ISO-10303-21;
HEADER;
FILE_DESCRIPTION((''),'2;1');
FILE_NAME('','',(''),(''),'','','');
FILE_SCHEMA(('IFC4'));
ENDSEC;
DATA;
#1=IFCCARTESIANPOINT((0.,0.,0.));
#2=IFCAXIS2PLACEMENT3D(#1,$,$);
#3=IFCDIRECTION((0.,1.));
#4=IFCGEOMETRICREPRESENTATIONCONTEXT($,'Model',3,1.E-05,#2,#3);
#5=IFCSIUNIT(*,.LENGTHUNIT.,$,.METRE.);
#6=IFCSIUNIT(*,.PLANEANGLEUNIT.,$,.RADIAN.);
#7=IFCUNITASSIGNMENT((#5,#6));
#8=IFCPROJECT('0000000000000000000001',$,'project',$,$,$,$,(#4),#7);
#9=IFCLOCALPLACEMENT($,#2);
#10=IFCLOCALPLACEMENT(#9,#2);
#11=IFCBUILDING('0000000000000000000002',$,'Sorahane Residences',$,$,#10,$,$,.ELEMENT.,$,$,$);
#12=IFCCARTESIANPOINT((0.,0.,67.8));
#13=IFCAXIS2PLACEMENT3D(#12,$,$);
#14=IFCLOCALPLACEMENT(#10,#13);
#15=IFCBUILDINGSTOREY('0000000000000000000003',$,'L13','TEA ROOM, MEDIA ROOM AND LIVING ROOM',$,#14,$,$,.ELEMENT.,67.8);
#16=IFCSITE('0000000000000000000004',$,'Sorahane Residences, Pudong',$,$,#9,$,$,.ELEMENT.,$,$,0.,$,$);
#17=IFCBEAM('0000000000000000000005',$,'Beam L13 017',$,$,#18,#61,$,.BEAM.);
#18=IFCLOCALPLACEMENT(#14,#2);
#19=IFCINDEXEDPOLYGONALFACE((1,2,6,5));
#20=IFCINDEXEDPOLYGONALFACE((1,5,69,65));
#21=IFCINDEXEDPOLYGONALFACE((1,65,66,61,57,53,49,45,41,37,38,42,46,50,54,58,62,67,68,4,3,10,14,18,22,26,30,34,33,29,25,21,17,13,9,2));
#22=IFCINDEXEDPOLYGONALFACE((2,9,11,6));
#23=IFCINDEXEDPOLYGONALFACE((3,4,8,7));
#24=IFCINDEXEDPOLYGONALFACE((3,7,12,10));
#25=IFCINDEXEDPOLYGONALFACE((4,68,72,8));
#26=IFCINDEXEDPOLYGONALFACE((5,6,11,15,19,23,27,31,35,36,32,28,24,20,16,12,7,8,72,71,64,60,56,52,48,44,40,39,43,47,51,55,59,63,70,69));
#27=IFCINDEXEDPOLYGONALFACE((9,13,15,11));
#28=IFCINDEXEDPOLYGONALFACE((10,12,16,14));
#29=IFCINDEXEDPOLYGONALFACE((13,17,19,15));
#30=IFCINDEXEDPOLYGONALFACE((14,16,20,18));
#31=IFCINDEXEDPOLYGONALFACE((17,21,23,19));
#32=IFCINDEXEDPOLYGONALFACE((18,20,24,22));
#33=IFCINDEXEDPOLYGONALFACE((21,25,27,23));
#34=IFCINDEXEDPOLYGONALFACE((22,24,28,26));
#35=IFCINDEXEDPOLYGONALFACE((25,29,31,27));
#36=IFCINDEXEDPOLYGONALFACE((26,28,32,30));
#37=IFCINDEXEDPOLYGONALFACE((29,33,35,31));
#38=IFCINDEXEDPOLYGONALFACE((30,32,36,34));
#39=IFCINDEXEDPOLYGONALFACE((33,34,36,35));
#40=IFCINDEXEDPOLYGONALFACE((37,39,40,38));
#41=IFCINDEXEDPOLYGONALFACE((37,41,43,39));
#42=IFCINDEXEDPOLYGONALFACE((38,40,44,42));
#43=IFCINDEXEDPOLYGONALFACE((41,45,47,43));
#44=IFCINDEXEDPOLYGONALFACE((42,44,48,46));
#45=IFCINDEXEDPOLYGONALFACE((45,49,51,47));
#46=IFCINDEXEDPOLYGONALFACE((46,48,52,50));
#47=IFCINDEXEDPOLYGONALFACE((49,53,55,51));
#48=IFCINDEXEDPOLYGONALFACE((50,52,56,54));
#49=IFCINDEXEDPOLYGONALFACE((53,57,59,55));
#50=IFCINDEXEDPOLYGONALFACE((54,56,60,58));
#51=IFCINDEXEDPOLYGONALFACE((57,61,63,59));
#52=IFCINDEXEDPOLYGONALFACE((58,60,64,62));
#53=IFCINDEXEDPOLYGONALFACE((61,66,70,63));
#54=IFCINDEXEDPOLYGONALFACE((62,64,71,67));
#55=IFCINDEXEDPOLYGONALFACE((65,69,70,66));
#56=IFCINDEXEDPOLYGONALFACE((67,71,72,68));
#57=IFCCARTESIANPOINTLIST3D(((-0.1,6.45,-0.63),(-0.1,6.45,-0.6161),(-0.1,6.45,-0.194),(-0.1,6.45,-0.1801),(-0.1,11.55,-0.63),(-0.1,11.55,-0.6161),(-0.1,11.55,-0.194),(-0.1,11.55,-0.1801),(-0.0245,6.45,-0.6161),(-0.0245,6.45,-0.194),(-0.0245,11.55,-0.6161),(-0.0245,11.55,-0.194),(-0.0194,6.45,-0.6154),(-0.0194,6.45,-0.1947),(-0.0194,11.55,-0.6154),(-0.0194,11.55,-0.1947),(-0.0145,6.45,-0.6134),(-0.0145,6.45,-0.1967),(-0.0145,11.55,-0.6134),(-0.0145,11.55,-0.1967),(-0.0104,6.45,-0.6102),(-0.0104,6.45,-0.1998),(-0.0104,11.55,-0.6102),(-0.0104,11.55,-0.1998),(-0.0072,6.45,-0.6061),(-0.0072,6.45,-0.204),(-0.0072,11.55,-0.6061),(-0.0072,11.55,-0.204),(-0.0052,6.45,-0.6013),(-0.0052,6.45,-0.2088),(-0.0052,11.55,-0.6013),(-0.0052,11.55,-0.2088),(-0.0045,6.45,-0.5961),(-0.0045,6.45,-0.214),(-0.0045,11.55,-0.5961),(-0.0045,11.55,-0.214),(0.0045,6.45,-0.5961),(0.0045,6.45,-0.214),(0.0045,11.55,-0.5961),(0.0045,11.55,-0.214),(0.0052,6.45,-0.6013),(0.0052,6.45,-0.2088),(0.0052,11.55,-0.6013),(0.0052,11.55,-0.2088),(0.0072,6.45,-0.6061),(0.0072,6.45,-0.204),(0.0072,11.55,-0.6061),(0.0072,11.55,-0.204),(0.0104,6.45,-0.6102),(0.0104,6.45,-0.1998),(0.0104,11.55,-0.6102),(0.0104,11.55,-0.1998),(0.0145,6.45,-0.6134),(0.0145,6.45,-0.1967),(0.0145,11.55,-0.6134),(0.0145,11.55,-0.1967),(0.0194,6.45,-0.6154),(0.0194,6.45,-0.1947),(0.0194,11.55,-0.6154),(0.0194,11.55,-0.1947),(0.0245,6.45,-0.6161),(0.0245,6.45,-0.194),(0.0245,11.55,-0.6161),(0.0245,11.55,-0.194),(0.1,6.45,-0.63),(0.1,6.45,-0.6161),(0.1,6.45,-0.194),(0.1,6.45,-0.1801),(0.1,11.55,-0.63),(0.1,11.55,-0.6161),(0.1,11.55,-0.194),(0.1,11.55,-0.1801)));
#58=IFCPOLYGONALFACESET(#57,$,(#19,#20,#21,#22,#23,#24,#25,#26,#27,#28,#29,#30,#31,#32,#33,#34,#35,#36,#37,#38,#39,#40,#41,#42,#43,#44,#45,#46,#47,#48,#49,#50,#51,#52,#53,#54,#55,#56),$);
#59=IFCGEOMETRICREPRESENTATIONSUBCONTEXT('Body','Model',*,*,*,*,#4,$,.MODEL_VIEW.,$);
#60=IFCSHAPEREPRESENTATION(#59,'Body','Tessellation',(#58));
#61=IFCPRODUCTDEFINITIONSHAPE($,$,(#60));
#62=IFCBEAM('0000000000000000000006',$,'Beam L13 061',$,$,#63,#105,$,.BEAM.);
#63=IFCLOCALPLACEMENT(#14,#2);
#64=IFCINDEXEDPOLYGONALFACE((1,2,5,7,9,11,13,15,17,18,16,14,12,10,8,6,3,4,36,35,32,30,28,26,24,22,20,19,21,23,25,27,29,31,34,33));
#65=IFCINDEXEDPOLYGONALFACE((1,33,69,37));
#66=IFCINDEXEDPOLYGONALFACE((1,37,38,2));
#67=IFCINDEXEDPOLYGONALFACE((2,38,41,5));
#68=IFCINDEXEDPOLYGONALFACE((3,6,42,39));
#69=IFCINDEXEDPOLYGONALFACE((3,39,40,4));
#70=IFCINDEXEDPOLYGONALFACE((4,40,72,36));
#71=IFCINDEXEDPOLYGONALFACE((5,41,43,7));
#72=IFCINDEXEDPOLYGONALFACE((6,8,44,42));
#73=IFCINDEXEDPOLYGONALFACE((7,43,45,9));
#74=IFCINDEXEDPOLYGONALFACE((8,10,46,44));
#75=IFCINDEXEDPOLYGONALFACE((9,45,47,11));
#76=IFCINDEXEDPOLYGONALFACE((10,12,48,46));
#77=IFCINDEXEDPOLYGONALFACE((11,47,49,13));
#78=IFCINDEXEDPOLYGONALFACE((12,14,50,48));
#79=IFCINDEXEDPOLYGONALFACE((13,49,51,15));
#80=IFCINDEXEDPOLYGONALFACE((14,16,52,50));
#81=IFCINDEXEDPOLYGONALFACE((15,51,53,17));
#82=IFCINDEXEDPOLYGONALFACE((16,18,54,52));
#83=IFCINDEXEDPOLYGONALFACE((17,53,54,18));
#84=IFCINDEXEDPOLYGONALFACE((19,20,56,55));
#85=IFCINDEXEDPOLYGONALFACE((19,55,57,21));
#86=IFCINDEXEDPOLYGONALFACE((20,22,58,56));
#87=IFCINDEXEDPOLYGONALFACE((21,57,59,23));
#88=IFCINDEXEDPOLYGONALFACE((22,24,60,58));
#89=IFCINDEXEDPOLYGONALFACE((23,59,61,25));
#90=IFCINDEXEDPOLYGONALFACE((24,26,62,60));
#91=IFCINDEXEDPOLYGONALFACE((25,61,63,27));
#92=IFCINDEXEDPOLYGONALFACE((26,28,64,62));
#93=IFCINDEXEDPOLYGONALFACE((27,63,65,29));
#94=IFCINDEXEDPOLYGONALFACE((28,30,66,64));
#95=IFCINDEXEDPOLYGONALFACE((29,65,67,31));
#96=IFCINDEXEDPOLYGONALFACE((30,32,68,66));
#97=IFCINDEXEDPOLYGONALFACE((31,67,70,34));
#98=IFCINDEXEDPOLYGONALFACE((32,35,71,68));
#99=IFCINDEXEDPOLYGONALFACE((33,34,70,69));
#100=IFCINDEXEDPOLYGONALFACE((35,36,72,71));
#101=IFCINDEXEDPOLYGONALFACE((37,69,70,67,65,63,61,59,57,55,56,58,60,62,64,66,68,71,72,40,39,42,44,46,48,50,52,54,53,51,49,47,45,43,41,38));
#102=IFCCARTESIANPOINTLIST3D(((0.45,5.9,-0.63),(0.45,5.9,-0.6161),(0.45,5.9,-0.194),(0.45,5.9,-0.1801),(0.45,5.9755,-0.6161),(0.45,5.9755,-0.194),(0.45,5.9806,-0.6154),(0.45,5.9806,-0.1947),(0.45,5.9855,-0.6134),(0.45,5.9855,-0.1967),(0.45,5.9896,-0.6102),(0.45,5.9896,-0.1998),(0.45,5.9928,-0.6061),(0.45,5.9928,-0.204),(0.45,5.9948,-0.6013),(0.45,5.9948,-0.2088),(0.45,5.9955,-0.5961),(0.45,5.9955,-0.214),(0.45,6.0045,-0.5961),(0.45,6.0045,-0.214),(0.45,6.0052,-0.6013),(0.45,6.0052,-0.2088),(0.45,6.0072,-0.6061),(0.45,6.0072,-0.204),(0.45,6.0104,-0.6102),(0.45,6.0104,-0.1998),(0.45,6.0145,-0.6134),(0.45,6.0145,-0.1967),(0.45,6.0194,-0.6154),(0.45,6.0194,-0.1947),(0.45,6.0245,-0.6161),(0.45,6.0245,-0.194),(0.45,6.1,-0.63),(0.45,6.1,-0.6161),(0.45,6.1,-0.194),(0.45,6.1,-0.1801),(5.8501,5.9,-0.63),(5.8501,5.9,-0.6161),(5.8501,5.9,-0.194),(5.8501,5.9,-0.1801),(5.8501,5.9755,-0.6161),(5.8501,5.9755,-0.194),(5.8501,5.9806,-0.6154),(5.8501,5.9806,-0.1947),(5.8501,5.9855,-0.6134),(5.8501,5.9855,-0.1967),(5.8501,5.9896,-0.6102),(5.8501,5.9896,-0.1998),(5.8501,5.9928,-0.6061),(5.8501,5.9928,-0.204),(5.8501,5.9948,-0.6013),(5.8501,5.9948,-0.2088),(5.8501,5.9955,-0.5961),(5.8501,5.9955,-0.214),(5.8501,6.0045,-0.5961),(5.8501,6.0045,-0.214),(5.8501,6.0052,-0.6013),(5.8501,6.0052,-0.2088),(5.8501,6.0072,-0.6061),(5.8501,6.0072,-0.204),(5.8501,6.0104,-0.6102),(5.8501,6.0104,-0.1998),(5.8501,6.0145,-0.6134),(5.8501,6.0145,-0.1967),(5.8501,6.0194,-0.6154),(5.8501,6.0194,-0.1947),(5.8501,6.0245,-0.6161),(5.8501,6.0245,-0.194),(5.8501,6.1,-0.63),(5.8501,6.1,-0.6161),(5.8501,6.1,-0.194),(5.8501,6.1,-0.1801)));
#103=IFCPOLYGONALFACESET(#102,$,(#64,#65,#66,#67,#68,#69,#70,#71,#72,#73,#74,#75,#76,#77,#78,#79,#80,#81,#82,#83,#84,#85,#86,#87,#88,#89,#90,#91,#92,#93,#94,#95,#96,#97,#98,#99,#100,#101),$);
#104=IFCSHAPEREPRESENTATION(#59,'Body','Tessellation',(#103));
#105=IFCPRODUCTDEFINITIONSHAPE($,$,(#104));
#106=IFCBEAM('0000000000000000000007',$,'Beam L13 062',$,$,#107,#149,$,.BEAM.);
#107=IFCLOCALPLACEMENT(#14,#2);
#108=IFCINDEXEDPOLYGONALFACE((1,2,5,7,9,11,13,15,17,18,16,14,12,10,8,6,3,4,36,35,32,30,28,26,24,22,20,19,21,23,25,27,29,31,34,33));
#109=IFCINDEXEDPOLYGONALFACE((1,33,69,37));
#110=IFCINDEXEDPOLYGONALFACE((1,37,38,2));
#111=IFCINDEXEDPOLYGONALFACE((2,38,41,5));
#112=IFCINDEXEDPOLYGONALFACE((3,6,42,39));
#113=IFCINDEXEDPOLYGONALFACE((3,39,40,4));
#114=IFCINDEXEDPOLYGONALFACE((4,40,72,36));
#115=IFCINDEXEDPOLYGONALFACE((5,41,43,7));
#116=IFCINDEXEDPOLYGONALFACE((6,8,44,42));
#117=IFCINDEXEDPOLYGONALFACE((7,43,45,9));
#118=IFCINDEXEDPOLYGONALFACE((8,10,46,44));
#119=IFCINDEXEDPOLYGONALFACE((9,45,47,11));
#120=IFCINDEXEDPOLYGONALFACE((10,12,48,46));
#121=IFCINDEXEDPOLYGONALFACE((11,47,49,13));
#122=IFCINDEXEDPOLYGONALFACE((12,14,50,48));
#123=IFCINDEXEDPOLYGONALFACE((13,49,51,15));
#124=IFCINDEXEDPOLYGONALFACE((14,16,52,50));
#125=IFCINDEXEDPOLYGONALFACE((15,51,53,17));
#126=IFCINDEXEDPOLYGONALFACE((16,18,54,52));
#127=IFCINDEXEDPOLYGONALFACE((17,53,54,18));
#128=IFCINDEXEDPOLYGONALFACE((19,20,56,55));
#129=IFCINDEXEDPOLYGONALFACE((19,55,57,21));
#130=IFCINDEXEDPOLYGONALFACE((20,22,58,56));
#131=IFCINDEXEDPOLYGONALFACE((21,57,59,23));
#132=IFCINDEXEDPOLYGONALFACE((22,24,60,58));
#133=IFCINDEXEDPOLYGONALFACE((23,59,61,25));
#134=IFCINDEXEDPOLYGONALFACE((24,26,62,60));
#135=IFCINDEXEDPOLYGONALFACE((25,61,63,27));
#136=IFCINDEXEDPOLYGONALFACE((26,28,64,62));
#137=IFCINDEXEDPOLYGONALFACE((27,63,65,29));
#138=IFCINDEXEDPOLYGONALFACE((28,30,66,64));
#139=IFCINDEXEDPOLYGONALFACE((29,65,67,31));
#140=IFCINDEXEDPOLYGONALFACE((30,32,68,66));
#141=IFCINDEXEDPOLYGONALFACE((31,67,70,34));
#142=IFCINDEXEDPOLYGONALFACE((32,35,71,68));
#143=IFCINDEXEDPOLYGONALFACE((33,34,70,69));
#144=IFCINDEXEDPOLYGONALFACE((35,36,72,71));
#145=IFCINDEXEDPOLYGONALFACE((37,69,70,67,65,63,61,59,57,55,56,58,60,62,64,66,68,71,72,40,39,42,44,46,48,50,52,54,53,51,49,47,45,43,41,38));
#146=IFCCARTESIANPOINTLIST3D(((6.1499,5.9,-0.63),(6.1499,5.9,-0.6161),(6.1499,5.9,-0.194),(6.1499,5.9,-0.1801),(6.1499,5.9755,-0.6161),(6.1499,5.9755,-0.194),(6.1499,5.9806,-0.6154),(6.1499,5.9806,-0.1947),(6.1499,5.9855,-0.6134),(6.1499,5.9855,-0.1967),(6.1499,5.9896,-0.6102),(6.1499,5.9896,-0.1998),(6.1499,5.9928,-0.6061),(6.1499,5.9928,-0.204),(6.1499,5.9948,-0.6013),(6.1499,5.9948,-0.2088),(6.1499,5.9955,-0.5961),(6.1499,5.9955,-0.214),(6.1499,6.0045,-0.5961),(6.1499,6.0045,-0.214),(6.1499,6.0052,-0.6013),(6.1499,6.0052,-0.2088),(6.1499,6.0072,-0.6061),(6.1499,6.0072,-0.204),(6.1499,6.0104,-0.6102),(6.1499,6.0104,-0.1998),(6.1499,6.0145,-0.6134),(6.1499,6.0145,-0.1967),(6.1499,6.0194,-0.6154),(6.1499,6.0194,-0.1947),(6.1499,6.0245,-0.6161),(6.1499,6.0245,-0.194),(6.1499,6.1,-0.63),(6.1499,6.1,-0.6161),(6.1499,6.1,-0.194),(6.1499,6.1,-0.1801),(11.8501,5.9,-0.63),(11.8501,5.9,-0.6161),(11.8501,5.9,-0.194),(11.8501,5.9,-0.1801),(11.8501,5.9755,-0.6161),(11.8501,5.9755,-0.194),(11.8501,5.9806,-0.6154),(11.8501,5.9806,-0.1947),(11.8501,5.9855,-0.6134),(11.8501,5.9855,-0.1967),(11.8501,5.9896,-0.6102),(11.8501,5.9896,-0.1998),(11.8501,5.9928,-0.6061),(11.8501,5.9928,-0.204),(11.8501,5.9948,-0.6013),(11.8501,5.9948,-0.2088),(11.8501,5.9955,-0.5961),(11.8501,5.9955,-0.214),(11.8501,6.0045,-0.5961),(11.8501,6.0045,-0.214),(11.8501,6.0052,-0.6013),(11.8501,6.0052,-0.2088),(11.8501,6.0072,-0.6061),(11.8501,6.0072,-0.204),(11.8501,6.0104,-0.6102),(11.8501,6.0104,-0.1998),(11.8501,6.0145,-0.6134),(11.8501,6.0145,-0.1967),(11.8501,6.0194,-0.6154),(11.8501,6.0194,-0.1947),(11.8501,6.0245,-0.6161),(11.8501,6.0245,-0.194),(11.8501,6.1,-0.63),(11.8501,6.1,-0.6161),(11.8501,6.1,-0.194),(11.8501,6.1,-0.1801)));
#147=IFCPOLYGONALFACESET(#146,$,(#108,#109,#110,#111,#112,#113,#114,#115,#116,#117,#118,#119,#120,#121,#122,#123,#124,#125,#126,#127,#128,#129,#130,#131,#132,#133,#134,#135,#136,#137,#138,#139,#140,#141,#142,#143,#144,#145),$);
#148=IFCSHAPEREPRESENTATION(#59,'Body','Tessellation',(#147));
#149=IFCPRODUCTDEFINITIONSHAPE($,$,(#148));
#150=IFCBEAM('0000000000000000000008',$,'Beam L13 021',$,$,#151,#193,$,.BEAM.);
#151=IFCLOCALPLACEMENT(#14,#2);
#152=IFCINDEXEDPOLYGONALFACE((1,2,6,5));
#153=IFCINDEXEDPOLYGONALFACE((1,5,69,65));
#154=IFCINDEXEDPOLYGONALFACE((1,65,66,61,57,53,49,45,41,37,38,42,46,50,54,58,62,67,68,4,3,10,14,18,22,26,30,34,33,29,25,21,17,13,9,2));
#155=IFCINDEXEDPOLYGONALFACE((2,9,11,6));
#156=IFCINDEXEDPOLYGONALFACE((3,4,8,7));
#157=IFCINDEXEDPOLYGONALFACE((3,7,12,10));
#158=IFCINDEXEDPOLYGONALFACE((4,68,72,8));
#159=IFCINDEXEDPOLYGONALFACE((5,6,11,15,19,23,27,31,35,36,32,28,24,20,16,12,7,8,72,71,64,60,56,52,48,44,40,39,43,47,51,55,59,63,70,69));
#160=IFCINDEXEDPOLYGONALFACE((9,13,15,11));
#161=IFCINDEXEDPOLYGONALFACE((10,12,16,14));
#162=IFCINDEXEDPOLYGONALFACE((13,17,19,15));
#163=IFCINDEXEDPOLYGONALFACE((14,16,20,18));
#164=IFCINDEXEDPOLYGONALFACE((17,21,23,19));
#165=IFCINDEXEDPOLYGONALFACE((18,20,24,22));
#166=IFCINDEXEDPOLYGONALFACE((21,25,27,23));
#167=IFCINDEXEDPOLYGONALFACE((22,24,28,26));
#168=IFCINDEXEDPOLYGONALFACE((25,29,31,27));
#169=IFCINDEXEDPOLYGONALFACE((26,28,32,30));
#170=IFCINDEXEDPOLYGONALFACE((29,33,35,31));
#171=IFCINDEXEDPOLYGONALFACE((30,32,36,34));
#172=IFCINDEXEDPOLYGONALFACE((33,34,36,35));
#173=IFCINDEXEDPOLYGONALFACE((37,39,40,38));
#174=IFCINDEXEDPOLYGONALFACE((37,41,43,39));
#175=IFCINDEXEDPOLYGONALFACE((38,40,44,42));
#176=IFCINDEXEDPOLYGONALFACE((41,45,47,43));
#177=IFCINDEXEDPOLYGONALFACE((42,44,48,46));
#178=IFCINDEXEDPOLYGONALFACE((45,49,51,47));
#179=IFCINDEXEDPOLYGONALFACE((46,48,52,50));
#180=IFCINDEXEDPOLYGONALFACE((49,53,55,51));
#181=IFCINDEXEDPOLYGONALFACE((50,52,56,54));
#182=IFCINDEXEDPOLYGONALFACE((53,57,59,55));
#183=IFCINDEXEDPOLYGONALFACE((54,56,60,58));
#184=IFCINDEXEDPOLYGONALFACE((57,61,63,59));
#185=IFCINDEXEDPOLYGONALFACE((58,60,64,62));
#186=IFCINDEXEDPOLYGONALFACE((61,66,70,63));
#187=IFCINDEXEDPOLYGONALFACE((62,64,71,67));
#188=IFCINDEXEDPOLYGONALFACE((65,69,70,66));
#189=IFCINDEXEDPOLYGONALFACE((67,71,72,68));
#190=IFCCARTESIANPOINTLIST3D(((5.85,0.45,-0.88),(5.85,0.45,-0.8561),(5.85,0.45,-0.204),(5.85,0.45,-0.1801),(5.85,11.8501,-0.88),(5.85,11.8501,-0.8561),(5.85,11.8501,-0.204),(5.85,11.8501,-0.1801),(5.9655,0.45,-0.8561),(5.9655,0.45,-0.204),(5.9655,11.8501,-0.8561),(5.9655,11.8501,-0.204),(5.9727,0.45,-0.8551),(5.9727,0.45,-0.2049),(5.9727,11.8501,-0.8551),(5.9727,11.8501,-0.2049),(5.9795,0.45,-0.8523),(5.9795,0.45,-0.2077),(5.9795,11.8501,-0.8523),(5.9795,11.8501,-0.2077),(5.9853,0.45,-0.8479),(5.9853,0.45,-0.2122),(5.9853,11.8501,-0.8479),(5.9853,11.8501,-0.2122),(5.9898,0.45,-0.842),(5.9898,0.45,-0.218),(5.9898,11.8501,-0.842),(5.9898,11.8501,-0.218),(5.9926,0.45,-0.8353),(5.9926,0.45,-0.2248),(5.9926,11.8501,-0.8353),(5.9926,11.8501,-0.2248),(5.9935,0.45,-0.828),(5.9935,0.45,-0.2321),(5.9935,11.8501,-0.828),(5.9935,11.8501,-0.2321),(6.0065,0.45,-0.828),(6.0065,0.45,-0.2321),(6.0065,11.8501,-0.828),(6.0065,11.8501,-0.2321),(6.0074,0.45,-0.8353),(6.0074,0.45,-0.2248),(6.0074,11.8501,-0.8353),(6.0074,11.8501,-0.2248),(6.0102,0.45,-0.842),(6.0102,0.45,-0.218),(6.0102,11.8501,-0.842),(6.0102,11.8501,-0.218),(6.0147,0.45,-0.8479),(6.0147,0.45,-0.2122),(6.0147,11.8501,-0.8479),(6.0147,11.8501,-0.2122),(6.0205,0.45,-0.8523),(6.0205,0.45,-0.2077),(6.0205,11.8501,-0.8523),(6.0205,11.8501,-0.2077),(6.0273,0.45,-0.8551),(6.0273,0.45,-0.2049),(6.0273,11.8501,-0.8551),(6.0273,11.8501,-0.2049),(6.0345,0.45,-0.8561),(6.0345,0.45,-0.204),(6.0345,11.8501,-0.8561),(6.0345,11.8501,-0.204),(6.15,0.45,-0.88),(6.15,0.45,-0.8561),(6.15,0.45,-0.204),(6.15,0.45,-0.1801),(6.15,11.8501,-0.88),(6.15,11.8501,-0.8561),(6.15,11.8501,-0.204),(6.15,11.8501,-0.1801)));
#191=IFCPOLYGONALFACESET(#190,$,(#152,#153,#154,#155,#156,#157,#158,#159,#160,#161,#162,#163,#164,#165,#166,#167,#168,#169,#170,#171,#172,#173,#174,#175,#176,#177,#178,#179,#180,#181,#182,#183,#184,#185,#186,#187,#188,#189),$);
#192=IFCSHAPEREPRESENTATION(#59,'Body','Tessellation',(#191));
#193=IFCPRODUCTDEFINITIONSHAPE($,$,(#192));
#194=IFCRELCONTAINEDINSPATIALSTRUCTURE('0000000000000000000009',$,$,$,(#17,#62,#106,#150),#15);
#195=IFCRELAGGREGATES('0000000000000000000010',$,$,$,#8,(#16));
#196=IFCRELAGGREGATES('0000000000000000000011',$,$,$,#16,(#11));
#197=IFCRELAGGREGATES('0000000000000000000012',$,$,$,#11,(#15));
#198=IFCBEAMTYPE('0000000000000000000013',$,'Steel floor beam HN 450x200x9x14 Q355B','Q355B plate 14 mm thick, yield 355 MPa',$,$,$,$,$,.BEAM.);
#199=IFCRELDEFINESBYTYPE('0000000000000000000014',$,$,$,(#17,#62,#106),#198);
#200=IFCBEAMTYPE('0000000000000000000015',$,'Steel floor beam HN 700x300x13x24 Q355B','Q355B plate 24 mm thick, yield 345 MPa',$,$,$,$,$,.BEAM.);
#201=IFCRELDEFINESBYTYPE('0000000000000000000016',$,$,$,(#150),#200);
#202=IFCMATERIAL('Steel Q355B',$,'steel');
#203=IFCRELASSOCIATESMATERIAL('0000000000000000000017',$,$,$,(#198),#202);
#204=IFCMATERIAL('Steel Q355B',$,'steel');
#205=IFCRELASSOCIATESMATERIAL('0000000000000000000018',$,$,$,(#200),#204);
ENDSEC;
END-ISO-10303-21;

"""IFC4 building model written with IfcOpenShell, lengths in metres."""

from ifc_helpers import new_model, si_unit, direction, frame, origin, origin_2d, place, context, subcontext, project, spatial, i_section, extrude, material, material_profile, profile_set, type_object, element, save


model = new_model("IFC4")

# Units and contexts
model_context = context("Model", 3, precision=1e-05, world=origin(), true_north=direction((0.0, 1.0)))
body_context = subcontext(model_context, "Body", "Model", "MODEL_VIEW")
ifc_project = project(units=[si_unit("LENGTHUNIT", "METRE"), si_unit("PLANEANGLEUNIT", "RADIAN")], contexts=[model_context])

# Site, building, storey
site_placement = place(None, origin())
site = spatial("IfcSite", under=ifc_project, at=site_placement, Name="Sorahane Residences, Pudong", CompositionType="ELEMENT", RefElevation=0.0)
building_placement = place(site_placement, origin())
building = spatial("IfcBuilding", under=site, at=building_placement, Name="Sorahane Residences", CompositionType="ELEMENT")
storey_placement = place(building_placement, frame((0.0, 0.0, 67.8)))
storey = spatial("IfcBuildingStorey", under=building, at=storey_placement, Name="L13", Description="TEA ROOM, MEDIA ROOM AND LIVING ROOM", CompositionType="ELEMENT", Elevation=67.8)

# Beams
ifc_material_1 = material(Name="Steel Q355B", Category="steel")
ifc_material_profile_1 = material_profile(ifc_material_1, i_section(OverallWidth=0.2, OverallDepth=0.45, WebThickness=0.009, FlangeThickness=0.0139, FilletRadius=0.02, at=origin_2d()), Name="HN 450x200x9x14")
ifc_profile_set_1 = profile_set([ifc_material_profile_1], Name="Steel Q355B")
beam_type_1 = type_object("IfcBeamType", Name="Steel floor beam HN 450x200x9x14 Q355B", Description="Q355B plate 14 mm thick, yield 355 MPa", PredefinedType="BEAM", material=ifc_profile_set_1)
for number, where, z_axis, x_axis, name in (
    (1, (0.0, 6.45, -0.405), (0.0, 1.0, 0.0), (-1.0, 0.0, 0.0), "Beam L13 017"),
):
    element("IfcBeam", number, at=place(storey_placement, frame(where, z_axis=z_axis, x_axis=x_axis)), inside=storey, type_object=beam_type_1, Name=name, PredefinedType="BEAM", context=body_context, shape_type="SweptSolid", body=[
        extrude(i_section(OverallWidth=0.2, OverallDepth=0.45, WebThickness=0.009, FlangeThickness=0.0139, FilletRadius=0.02, at=origin_2d()), origin(), (0.0, 0.0, 1.0), 5.1001),
    ])
beam_1_placement = place(storey_placement, frame((0.45, 6.0, -0.405), z_axis=(1.0, 0.0, 0.0), x_axis=(0.0, 1.0, 0.0)))
element("IfcBeam", 2, at=beam_1_placement, inside=storey, type_object=beam_type_1, Name="Beam L13 061", PredefinedType="BEAM", context=body_context, shape_type="SweptSolid", body=[
    extrude(i_section(OverallWidth=0.2, OverallDepth=0.45, WebThickness=0.009, FlangeThickness=0.0139, FilletRadius=0.02, at=origin_2d()), origin(), (0.0, 0.0, 1.0), 5.4001),
])
beam_2_placement = place(storey_placement, frame((6.1499, 6.0, -0.405), z_axis=(1.0, 0.0, 0.0), x_axis=(0.0, 1.0, 0.0)))
element("IfcBeam", 3, at=beam_2_placement, inside=storey, type_object=beam_type_1, Name="Beam L13 062", PredefinedType="BEAM", context=body_context, shape_type="SweptSolid", body=[
    extrude(i_section(OverallWidth=0.2, OverallDepth=0.45, WebThickness=0.009, FlangeThickness=0.0139, FilletRadius=0.02, at=origin_2d()), origin(), (0.0, 0.0, 1.0), 5.7002),
])
ifc_material_2 = material(Name="Steel Q355B", Category="steel")
ifc_material_profile_2 = material_profile(ifc_material_2, i_section(OverallWidth=0.3, OverallDepth=0.7, WebThickness=0.0129, FlangeThickness=0.0239, FilletRadius=0.0281, at=origin_2d()), Name="HN 700x300x13x24")
ifc_profile_set_2 = profile_set([ifc_material_profile_2], Name="Steel Q355B")
beam_type_2 = type_object("IfcBeamType", Name="Steel floor beam HN 700x300x13x24 Q355B", Description="Q355B plate 24 mm thick, yield 345 MPa", PredefinedType="BEAM", material=ifc_profile_set_2)
beam_3_placement = place(storey_placement, frame((6.0, 0.45, -0.53), z_axis=(0.0, 1.0, 0.0), x_axis=(-1.0, 0.0, 0.0)))
element("IfcBeam", 4, at=beam_3_placement, inside=storey, type_object=beam_type_2, Name="Beam L13 021", PredefinedType="BEAM", context=body_context, shape_type="SweptSolid", body=[
    extrude(i_section(OverallWidth=0.3, OverallDepth=0.7, WebThickness=0.0129, FlangeThickness=0.0239, FilletRadius=0.0281, at=origin_2d()), origin(), (0.0, 0.0, 1.0), 11.4001),
])

save(model, "model.ifc")
